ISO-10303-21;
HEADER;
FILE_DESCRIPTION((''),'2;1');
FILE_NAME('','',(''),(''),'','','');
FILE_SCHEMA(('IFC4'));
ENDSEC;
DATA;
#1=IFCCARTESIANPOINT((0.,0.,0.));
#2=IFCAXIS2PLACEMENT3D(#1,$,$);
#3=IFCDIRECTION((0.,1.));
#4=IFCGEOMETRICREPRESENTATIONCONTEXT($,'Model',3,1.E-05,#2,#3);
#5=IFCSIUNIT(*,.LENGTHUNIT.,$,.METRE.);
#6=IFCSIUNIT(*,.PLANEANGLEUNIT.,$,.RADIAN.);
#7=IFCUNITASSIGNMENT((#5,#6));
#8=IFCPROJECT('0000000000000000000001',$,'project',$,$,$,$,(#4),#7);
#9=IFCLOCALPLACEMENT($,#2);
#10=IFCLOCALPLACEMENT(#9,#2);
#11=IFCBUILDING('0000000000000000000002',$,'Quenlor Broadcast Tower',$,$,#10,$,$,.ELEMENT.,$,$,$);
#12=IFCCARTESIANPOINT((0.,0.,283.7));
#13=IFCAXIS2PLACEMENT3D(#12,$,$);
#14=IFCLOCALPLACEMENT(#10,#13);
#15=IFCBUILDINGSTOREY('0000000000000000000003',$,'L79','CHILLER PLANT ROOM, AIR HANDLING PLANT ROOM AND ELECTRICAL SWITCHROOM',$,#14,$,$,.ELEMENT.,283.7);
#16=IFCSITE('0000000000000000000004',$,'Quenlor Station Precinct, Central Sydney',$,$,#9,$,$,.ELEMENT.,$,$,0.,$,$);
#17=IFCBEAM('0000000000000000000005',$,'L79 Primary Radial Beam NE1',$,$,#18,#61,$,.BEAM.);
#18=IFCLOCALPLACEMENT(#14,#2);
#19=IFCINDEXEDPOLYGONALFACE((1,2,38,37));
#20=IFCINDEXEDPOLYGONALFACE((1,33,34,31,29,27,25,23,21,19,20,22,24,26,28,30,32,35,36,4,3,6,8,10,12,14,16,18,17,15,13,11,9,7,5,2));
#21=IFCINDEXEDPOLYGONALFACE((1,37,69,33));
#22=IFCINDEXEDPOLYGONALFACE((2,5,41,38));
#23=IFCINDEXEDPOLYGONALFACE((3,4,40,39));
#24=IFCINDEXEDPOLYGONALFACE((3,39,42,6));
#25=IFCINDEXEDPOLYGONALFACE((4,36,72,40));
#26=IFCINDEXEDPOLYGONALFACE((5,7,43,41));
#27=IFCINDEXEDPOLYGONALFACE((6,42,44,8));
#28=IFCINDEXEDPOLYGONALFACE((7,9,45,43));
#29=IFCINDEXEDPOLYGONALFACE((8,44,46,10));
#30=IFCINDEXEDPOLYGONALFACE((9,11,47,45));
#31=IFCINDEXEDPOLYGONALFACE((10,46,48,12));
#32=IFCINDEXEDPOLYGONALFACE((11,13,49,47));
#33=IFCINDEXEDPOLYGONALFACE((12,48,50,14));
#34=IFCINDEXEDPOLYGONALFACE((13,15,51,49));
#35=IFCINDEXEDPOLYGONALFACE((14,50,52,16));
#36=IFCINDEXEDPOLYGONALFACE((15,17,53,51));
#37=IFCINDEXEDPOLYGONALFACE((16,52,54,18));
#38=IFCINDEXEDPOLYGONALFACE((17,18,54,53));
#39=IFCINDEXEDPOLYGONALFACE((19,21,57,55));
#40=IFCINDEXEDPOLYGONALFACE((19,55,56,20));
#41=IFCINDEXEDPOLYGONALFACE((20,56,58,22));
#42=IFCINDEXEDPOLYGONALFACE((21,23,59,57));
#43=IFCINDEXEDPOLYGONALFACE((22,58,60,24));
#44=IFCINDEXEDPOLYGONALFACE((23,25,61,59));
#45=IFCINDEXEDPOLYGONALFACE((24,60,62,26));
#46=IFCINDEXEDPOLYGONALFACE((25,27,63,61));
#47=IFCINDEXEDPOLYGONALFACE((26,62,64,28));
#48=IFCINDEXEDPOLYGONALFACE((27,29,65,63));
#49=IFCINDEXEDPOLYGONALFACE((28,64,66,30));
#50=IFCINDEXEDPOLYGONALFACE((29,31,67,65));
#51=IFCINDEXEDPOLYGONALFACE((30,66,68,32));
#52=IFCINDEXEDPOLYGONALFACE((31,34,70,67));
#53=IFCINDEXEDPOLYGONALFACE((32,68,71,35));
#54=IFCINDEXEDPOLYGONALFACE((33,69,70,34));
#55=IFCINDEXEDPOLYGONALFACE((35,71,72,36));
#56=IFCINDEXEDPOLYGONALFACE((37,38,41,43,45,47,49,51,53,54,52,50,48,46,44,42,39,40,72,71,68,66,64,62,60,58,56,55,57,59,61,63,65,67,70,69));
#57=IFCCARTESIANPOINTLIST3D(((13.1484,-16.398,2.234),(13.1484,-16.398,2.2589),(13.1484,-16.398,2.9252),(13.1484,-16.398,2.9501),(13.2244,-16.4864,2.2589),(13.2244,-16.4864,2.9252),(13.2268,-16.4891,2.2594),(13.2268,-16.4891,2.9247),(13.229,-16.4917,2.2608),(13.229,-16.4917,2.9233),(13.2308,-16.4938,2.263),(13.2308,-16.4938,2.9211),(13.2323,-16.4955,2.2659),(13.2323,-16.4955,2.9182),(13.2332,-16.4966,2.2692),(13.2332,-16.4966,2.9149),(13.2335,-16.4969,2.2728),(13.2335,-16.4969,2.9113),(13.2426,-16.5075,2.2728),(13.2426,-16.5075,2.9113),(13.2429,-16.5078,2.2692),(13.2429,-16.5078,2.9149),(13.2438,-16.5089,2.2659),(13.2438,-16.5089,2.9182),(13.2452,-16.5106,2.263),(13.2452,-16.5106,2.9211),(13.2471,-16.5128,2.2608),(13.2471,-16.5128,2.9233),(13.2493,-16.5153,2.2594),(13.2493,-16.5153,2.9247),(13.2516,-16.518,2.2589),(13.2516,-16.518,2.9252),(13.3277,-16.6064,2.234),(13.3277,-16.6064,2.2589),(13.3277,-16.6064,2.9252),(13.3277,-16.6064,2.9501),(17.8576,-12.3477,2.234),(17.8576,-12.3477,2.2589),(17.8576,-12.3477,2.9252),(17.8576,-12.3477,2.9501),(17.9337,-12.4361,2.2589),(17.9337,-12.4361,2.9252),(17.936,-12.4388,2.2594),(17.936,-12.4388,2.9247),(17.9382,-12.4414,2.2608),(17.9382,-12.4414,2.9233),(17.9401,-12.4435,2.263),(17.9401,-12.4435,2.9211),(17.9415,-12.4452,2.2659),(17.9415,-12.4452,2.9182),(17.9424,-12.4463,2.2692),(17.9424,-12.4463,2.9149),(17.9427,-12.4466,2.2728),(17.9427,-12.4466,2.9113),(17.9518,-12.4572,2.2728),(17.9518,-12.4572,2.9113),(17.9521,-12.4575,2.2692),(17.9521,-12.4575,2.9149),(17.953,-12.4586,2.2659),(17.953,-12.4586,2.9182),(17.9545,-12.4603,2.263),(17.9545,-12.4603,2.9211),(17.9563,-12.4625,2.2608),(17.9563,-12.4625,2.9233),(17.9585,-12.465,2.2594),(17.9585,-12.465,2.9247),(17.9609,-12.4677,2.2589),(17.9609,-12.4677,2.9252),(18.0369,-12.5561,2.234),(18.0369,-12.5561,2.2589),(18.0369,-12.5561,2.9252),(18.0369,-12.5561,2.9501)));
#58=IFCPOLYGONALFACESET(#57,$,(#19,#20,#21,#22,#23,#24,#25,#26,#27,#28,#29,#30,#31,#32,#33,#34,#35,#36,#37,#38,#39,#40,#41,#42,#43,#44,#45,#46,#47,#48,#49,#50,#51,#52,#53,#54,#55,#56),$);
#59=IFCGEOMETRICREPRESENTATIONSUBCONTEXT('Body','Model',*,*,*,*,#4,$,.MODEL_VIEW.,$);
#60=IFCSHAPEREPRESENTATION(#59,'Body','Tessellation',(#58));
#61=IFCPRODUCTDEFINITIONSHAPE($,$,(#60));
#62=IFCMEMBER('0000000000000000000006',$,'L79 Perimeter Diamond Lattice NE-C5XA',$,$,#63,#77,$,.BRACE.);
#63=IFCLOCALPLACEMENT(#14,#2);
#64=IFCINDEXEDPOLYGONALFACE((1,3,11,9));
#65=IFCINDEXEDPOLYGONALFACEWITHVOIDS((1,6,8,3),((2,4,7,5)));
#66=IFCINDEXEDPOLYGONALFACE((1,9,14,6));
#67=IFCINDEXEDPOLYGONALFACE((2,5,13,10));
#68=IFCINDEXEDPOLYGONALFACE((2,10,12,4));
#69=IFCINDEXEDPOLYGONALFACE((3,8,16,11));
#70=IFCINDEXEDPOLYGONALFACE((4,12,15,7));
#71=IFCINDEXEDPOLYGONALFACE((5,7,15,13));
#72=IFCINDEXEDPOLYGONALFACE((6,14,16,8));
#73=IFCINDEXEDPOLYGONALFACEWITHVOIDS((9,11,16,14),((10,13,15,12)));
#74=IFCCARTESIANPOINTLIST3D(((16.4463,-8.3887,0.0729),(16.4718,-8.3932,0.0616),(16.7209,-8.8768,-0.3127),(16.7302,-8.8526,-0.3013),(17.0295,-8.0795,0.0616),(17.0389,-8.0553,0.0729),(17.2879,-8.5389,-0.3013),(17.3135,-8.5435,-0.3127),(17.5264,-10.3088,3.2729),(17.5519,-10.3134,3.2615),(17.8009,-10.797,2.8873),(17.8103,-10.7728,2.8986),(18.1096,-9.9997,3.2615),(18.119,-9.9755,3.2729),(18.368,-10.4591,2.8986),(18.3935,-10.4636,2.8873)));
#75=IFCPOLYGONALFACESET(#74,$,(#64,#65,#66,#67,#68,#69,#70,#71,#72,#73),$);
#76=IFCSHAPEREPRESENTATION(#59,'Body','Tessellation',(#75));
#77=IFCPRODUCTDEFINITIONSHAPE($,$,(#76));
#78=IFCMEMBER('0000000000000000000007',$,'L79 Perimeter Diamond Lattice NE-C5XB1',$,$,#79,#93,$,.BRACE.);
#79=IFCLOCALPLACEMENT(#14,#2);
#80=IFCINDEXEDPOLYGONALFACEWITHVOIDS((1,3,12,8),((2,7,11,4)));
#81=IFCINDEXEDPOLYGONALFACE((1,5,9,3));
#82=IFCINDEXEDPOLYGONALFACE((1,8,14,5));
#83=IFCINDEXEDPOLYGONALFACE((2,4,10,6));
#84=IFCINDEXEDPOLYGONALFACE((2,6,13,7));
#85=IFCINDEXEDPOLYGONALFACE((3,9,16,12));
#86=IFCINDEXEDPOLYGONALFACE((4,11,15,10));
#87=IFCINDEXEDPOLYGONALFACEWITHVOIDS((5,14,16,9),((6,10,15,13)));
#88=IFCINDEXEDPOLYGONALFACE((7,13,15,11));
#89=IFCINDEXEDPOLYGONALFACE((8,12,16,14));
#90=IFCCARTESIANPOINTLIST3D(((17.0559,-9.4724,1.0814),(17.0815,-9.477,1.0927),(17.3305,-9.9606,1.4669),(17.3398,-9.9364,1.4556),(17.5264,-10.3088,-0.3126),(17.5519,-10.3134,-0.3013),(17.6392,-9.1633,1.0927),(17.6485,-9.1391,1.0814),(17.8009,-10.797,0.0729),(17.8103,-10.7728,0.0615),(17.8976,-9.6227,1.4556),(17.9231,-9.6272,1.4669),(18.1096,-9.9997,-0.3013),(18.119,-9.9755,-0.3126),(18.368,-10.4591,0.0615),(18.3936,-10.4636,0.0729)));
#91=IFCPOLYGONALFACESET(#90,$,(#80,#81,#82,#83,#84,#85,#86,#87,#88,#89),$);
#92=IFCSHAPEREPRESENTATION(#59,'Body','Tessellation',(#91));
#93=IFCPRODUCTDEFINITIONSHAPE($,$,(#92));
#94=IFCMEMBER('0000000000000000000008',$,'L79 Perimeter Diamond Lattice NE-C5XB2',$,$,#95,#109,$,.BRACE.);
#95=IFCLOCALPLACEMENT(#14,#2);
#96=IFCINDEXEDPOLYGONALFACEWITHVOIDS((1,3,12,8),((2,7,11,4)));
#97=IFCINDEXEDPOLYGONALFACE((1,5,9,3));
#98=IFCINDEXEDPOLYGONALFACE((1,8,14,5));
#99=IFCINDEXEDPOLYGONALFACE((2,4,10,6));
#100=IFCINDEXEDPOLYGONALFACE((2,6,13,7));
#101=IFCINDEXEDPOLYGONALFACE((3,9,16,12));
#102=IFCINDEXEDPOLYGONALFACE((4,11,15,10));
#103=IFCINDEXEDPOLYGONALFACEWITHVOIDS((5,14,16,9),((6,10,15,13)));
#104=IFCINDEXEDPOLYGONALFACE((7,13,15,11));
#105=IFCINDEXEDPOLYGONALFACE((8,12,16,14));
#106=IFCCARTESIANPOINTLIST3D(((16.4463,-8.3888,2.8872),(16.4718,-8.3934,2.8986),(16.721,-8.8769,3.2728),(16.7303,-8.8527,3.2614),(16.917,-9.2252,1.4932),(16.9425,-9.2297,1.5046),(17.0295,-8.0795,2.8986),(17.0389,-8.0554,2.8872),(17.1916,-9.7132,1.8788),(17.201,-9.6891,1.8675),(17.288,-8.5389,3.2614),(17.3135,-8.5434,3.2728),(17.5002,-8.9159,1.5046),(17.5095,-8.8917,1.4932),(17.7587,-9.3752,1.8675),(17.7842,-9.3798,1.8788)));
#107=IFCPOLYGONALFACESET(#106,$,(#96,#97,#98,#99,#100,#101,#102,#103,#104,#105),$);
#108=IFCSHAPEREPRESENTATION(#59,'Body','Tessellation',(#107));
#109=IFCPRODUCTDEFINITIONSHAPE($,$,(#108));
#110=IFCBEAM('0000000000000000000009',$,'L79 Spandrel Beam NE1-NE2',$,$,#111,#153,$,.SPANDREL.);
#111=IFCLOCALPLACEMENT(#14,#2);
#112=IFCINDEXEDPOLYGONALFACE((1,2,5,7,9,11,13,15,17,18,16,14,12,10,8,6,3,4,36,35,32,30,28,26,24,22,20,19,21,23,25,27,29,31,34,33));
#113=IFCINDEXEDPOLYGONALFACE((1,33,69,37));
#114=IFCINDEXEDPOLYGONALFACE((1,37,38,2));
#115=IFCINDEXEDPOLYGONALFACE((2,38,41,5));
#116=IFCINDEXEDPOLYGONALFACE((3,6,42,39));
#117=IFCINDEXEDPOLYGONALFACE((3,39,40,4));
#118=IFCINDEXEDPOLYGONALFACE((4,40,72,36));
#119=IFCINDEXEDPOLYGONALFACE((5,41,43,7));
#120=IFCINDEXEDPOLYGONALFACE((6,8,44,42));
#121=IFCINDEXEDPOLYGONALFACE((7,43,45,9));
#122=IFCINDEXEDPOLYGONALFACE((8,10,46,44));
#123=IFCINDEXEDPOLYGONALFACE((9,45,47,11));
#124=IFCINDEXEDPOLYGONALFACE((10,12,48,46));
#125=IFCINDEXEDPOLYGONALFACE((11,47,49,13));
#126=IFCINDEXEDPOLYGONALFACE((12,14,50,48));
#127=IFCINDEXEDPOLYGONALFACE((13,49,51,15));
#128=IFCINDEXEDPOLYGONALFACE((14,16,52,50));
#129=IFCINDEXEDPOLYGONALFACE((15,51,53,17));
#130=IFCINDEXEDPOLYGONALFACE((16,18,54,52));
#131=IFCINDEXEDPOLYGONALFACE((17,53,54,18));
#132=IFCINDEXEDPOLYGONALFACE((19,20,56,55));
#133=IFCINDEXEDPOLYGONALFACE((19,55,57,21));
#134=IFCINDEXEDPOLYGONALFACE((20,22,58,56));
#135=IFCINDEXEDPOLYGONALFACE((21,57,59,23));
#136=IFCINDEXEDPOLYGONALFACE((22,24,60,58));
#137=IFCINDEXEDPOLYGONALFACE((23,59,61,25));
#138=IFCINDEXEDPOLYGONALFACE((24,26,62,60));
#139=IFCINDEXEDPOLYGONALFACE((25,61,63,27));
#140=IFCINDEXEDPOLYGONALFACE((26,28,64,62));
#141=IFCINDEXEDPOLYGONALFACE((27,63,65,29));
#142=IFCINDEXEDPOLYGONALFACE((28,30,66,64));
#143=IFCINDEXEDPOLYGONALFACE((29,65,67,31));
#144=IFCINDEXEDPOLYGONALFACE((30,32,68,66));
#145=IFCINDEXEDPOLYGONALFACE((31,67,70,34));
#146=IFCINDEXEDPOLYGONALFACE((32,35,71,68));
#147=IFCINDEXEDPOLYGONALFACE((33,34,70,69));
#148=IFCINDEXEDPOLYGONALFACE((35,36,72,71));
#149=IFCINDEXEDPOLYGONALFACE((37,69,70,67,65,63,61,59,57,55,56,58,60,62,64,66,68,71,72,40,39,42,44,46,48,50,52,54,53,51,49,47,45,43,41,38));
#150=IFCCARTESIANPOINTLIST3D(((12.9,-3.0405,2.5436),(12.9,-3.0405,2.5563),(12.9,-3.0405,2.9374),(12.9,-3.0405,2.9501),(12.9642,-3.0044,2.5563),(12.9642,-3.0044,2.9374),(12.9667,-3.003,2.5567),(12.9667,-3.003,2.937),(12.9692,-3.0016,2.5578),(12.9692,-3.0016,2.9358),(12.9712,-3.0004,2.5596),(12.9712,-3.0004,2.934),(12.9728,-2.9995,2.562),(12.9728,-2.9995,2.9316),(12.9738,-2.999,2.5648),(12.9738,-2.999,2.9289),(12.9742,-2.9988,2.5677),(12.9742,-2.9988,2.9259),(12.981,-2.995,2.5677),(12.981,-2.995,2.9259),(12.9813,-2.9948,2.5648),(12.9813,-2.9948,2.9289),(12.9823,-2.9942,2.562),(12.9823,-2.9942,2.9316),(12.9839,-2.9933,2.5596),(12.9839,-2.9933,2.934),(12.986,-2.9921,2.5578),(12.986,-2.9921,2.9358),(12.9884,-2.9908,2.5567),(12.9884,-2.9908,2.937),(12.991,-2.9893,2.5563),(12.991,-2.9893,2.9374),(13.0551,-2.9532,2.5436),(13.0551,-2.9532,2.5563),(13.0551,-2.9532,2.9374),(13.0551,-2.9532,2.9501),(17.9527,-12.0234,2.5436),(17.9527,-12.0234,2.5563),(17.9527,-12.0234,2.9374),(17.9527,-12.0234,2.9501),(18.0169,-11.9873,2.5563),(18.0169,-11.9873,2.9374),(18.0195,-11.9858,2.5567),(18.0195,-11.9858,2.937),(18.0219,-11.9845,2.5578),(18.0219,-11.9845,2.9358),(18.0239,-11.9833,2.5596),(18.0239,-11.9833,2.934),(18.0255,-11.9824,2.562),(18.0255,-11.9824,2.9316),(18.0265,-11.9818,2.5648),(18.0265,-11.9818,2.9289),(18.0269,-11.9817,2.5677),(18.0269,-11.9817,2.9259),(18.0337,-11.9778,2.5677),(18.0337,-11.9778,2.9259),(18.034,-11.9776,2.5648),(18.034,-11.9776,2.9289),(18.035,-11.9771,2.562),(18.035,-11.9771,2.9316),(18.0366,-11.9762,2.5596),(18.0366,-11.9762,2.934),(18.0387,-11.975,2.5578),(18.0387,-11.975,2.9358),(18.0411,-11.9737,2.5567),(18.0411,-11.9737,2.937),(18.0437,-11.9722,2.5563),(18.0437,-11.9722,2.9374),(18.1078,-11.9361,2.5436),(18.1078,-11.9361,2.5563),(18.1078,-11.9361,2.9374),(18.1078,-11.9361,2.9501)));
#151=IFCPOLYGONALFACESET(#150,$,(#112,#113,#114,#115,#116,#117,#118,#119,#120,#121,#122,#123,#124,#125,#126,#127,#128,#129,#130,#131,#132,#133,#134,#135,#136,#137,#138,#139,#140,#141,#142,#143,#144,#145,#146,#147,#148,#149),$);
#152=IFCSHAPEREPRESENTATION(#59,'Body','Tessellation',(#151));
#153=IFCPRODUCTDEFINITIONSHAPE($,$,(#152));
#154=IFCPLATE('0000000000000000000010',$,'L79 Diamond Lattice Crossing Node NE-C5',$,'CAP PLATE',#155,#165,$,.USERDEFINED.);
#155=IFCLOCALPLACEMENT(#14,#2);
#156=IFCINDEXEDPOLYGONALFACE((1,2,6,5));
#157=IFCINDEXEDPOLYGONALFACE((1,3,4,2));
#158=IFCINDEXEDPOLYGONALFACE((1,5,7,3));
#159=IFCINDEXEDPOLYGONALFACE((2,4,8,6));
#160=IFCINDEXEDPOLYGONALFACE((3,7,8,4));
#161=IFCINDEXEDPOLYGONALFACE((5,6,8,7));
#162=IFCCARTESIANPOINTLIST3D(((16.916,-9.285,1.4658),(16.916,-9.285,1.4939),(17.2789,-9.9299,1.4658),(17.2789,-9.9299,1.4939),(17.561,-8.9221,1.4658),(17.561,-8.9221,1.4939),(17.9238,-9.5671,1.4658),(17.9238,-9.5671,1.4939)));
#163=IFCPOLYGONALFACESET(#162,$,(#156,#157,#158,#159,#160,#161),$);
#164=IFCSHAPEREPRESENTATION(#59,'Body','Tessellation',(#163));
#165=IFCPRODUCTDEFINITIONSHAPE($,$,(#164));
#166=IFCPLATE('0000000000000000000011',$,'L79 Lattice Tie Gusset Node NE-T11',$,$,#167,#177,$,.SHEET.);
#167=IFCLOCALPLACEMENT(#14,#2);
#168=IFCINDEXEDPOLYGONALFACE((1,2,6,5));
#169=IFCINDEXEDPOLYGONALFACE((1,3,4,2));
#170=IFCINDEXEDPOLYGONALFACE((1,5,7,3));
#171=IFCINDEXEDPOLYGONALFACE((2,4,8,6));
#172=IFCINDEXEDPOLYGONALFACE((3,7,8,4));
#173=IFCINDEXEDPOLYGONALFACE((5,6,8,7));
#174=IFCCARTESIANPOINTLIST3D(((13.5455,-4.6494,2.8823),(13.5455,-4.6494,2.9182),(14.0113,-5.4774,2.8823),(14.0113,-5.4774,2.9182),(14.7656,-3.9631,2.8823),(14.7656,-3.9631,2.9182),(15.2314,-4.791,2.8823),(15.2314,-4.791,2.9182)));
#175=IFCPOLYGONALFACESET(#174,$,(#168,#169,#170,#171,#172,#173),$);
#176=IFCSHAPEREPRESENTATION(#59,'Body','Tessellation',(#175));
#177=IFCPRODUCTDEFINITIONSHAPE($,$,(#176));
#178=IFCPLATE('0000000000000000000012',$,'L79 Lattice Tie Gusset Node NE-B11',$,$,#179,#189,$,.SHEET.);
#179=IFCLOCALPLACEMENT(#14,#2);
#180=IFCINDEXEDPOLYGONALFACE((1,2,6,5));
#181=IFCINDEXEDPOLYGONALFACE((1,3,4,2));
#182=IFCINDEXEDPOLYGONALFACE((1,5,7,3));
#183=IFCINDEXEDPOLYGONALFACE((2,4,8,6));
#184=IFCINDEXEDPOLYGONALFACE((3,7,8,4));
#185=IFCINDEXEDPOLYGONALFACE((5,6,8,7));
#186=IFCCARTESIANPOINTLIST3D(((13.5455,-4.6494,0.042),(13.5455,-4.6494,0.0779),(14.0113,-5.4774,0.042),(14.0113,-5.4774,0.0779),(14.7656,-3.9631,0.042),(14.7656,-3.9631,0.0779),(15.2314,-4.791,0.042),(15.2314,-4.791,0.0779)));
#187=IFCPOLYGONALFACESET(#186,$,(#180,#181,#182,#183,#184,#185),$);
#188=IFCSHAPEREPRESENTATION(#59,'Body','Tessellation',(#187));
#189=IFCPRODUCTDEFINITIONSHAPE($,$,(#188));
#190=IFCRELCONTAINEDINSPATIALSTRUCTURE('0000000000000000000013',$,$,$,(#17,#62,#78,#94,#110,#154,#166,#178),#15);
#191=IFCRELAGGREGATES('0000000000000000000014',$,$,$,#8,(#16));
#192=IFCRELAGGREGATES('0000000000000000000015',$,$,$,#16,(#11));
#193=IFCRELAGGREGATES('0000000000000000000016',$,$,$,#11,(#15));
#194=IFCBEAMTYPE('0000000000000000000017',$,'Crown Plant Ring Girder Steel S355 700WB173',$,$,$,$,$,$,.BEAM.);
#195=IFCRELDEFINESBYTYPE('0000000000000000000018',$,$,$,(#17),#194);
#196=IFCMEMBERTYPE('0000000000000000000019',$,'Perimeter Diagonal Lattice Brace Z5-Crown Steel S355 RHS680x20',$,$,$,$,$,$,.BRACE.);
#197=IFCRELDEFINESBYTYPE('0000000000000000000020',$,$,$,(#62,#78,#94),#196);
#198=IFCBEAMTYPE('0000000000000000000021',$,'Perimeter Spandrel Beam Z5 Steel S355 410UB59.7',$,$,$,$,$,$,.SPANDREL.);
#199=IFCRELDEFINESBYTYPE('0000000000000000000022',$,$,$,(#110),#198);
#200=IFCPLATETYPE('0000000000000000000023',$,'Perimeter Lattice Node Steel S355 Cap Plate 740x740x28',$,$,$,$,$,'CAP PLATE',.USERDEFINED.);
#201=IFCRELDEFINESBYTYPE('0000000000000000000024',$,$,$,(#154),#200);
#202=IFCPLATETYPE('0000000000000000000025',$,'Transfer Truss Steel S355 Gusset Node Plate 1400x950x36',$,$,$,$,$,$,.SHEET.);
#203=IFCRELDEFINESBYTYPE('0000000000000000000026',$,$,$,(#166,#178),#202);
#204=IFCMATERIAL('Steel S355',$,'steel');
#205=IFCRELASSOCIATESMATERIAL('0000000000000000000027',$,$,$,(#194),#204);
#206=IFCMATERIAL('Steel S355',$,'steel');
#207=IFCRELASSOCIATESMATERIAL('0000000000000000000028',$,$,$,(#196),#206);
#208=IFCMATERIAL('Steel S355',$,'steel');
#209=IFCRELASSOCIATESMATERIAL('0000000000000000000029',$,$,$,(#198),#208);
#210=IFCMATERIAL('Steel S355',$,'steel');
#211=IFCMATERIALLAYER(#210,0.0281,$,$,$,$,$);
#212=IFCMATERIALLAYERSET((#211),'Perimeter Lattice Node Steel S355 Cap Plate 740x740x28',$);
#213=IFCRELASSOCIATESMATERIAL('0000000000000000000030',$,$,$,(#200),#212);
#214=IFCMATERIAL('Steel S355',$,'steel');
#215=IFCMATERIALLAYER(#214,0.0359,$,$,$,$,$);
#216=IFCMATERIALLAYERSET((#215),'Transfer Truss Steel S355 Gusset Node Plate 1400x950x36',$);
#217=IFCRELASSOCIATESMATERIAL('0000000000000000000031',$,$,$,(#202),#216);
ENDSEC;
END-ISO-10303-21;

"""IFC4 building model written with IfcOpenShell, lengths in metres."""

from ifc_helpers import new_model, si_unit, direction, frame, origin, origin_2d, place, context, subcontext, project, spatial, rectangle, hollow_rectangle, i_section, extrude, material, layer, layer_set, material_profile, profile_set, type_object, element, save


model = new_model("IFC4")

# Units and contexts
model_context = context("Model", 3, precision=1e-05, world=origin(), true_north=direction((0.0, 1.0)))
body_context = subcontext(model_context, "Body", "Model", "MODEL_VIEW")
ifc_project = project(units=[si_unit("LENGTHUNIT", "METRE"), si_unit("PLANEANGLEUNIT", "RADIAN")], contexts=[model_context])

# Site, building, storey
site_placement = place(None, origin())
site = spatial("IfcSite", under=ifc_project, at=site_placement, Name="Quenlor Station Precinct, Central Sydney", CompositionType="ELEMENT", RefElevation=0.0)
building_placement = place(site_placement, origin())
building = spatial("IfcBuilding", under=site, at=building_placement, Name="Quenlor Broadcast Tower", CompositionType="ELEMENT")
storey_placement = place(building_placement, frame((0.0, 0.0, 283.7)))
storey = spatial("IfcBuildingStorey", under=building, at=storey_placement, Name="L79", Description="CHILLER PLANT ROOM, AIR HANDLING PLANT ROOM AND ELECTRICAL SWITCHROOM", CompositionType="ELEMENT", Elevation=283.7)

# Beam
ifc_material_1 = material(Name="Steel S355", Category="steel")
ifc_material_profile_1 = material_profile(ifc_material_1, i_section(OverallWidth=0.2749, OverallDepth=0.7161, WebThickness=0.0139, FlangeThickness=0.0249, FilletRadius=0.0139, at=origin_2d()))
ifc_profile_set_1 = profile_set([ifc_material_profile_1], Name="Steel S355 700WB173")
beam_type_1 = type_object("IfcBeamType", Name="Crown Plant Ring Girder Steel S355 700WB173", PredefinedType="BEAM", material=ifc_profile_set_1)
beam_1_placement = place(storey_placement, frame((17.9473, -12.4519, 2.592), z_axis=(-0.758157, -0.652072, 0.0), x_axis=(0.652072, -0.758157, 0.0)))
element("IfcBeam", 1, at=beam_1_placement, inside=storey, type_object=beam_type_1, Name="L79 Primary Radial Beam NE1", PredefinedType="BEAM", context=body_context, shape_type="SweptSolid", body=[
    extrude(i_section(OverallWidth=0.2749, OverallDepth=0.7161, WebThickness=0.0139, FlangeThickness=0.0249, FilletRadius=0.0139, at=origin_2d()), origin(), (0.0, 0.0, 1.0), 6.2114),
])

# Members
ifc_material_2 = material(Name="Steel S355", Category="steel")
ifc_material_profile_2 = material_profile(ifc_material_2, hollow_rectangle(XDim=0.6799, YDim=0.6799, WallThickness=0.02, at=origin_2d()))
ifc_profile_set_2 = profile_set([ifc_material_profile_2], Name="Steel S355 RHS680x680x20")
member_type = type_object("IfcMemberType", Name="Perimeter Diagonal Lattice Brace Z5-Crown Steel S355 RHS680x20", PredefinedType="BRACE", material=ifc_profile_set_2)
member_placement = place(storey_placement, frame((16.8799, -8.4661, -0.1199), z_axis=(0.278012, -0.49425, 0.823666), x_axis=(0.871578, 0.490256, 0.0)))
element("IfcMember", 2, at=member_placement, inside=storey, type_object=member_type, Name="L79 Perimeter Diamond Lattice NE-C5XA", PredefinedType="BRACE", context=body_context, shape_type="SweptSolid", body=[
    extrude(hollow_rectangle(XDim=0.6799, YDim=0.6799, WallThickness=0.02, at=origin_2d()), origin(), (0.0, 0.0, 1.0), 3.885),
])
for number, where, z_axis, x_axis, name in (
    (3, (17.96, -10.3862, -0.1199), (-0.27798, 0.494218, 0.823697), (-0.871589, -0.490237, 0.0), "L79 Perimeter Diamond Lattice NE-C5XB1"),
    (4, (17.3506, -9.3025, 1.686), (-0.278113, 0.494198, 0.823664), (-0.87148, -0.49043, 0.0), "L79 Perimeter Diamond Lattice NE-C5XB2"),
):
    element("IfcMember", number, at=place(storey_placement, frame(where, z_axis=z_axis, x_axis=x_axis)), inside=storey, type_object=member_type, Name=name, PredefinedType="BRACE", context=body_context, shape_type="SweptSolid", body=[
        extrude(hollow_rectangle(XDim=0.6799, YDim=0.6799, WallThickness=0.02, at=origin_2d()), origin(), (0.0, 0.0, 1.0), 1.6924),
    ])

# Beam
ifc_material_3 = material(Name="Steel S355", Category="steel")
ifc_material_profile_3 = material_profile(ifc_material_3, i_section(OverallWidth=0.178, OverallDepth=0.4065, WebThickness=0.0078, FlangeThickness=0.0127, FilletRadius=0.0115, at=origin_2d()))
ifc_profile_set_3 = profile_set([ifc_material_profile_3], Name="Steel S355 410UB59.7")
beam_type_2 = type_object("IfcBeamType", Name="Perimeter Spandrel Beam Z5 Steel S355 410UB59.7", PredefinedType="SPANDREL", material=ifc_profile_set_3)
beam_2_placement = place(storey_placement, frame((18.0303, -11.9797, 2.7468), z_axis=(-0.49025, 0.871582, 0.0), x_axis=(-0.871582, -0.49025, 0.0)))
element("IfcBeam", 5, at=beam_2_placement, inside=storey, type_object=beam_type_2, Name="L79 Spandrel Beam NE1-NE2", PredefinedType="SPANDREL", context=body_context, shape_type="SweptSolid", body=[
    extrude(i_section(OverallWidth=0.178, OverallDepth=0.4065, WebThickness=0.0078, FlangeThickness=0.0127, FilletRadius=0.0115, at=origin_2d()), origin(), (0.0, 0.0, 1.0), 10.3064),
])

# Plates
ifc_material_4 = material(Name="Steel S355", Category="steel")
ifc_layer_1 = layer(ifc_material_4, 0.0281)
ifc_layer_set_1 = layer_set([ifc_layer_1], Name="Perimeter Lattice Node Steel S355 Cap Plate 740x740x28")
plate_type_1 = type_object("IfcPlateType", Name="Perimeter Lattice Node Steel S355 Cap Plate 740x740x28", ElementType="CAP PLATE", PredefinedType="USERDEFINED", material=ifc_layer_set_1)
plate_placement = place(storey_placement, frame((17.4199, -9.426, 1.4658), z_axis=(0.0, 0.0, 1.0), x_axis=(0.490295, -0.871556, 0.0)))
element("IfcPlate", 6, at=plate_placement, inside=storey, type_object=plate_type_1, Name="L79 Diamond Lattice Crossing Node NE-C5", ObjectType="CAP PLATE", PredefinedType="USERDEFINED", context=body_context, shape_type="SweptSolid", body=[
    extrude(rectangle(XDim=0.74, YDim=0.74, at=origin_2d()), origin(), (0.0, 0.0, 1.0), 0.0281),
])
ifc_material_5 = material(Name="Steel S355", Category="steel")
ifc_layer_2 = layer(ifc_material_5, 0.0359)
ifc_layer_set_2 = layer_set([ifc_layer_2], Name="Transfer Truss Steel S355 Gusset Node Plate 1400x950x36")
plate_type_2 = type_object("IfcPlateType", Name="Transfer Truss Steel S355 Gusset Node Plate 1400x950x36", PredefinedType="SHEET", material=ifc_layer_set_2)
for number, where, z_axis, x_axis, name in (
    (7, (14.3884, -4.7202, 2.8823), (0.0, 0.0, 1.0), (0.871556, 0.490295, 0.0), "L79 Lattice Tie Gusset Node NE-T11"),
    (8, (14.3884, -4.7202, 0.042), (0.0, 0.0, 1.0), (0.871556, 0.490295, 0.0), "L79 Lattice Tie Gusset Node NE-B11"),
):
    element("IfcPlate", number, at=place(storey_placement, frame(where, z_axis=z_axis, x_axis=x_axis)), inside=storey, type_object=plate_type_2, Name=name, PredefinedType="SHEET", context=body_context, shape_type="SweptSolid", body=[
        extrude(rectangle(XDim=1.3999, YDim=0.95, at=origin_2d()), origin(), (0.0, 0.0, 1.0), 0.0359),
    ])

save(model, "model.ifc")
